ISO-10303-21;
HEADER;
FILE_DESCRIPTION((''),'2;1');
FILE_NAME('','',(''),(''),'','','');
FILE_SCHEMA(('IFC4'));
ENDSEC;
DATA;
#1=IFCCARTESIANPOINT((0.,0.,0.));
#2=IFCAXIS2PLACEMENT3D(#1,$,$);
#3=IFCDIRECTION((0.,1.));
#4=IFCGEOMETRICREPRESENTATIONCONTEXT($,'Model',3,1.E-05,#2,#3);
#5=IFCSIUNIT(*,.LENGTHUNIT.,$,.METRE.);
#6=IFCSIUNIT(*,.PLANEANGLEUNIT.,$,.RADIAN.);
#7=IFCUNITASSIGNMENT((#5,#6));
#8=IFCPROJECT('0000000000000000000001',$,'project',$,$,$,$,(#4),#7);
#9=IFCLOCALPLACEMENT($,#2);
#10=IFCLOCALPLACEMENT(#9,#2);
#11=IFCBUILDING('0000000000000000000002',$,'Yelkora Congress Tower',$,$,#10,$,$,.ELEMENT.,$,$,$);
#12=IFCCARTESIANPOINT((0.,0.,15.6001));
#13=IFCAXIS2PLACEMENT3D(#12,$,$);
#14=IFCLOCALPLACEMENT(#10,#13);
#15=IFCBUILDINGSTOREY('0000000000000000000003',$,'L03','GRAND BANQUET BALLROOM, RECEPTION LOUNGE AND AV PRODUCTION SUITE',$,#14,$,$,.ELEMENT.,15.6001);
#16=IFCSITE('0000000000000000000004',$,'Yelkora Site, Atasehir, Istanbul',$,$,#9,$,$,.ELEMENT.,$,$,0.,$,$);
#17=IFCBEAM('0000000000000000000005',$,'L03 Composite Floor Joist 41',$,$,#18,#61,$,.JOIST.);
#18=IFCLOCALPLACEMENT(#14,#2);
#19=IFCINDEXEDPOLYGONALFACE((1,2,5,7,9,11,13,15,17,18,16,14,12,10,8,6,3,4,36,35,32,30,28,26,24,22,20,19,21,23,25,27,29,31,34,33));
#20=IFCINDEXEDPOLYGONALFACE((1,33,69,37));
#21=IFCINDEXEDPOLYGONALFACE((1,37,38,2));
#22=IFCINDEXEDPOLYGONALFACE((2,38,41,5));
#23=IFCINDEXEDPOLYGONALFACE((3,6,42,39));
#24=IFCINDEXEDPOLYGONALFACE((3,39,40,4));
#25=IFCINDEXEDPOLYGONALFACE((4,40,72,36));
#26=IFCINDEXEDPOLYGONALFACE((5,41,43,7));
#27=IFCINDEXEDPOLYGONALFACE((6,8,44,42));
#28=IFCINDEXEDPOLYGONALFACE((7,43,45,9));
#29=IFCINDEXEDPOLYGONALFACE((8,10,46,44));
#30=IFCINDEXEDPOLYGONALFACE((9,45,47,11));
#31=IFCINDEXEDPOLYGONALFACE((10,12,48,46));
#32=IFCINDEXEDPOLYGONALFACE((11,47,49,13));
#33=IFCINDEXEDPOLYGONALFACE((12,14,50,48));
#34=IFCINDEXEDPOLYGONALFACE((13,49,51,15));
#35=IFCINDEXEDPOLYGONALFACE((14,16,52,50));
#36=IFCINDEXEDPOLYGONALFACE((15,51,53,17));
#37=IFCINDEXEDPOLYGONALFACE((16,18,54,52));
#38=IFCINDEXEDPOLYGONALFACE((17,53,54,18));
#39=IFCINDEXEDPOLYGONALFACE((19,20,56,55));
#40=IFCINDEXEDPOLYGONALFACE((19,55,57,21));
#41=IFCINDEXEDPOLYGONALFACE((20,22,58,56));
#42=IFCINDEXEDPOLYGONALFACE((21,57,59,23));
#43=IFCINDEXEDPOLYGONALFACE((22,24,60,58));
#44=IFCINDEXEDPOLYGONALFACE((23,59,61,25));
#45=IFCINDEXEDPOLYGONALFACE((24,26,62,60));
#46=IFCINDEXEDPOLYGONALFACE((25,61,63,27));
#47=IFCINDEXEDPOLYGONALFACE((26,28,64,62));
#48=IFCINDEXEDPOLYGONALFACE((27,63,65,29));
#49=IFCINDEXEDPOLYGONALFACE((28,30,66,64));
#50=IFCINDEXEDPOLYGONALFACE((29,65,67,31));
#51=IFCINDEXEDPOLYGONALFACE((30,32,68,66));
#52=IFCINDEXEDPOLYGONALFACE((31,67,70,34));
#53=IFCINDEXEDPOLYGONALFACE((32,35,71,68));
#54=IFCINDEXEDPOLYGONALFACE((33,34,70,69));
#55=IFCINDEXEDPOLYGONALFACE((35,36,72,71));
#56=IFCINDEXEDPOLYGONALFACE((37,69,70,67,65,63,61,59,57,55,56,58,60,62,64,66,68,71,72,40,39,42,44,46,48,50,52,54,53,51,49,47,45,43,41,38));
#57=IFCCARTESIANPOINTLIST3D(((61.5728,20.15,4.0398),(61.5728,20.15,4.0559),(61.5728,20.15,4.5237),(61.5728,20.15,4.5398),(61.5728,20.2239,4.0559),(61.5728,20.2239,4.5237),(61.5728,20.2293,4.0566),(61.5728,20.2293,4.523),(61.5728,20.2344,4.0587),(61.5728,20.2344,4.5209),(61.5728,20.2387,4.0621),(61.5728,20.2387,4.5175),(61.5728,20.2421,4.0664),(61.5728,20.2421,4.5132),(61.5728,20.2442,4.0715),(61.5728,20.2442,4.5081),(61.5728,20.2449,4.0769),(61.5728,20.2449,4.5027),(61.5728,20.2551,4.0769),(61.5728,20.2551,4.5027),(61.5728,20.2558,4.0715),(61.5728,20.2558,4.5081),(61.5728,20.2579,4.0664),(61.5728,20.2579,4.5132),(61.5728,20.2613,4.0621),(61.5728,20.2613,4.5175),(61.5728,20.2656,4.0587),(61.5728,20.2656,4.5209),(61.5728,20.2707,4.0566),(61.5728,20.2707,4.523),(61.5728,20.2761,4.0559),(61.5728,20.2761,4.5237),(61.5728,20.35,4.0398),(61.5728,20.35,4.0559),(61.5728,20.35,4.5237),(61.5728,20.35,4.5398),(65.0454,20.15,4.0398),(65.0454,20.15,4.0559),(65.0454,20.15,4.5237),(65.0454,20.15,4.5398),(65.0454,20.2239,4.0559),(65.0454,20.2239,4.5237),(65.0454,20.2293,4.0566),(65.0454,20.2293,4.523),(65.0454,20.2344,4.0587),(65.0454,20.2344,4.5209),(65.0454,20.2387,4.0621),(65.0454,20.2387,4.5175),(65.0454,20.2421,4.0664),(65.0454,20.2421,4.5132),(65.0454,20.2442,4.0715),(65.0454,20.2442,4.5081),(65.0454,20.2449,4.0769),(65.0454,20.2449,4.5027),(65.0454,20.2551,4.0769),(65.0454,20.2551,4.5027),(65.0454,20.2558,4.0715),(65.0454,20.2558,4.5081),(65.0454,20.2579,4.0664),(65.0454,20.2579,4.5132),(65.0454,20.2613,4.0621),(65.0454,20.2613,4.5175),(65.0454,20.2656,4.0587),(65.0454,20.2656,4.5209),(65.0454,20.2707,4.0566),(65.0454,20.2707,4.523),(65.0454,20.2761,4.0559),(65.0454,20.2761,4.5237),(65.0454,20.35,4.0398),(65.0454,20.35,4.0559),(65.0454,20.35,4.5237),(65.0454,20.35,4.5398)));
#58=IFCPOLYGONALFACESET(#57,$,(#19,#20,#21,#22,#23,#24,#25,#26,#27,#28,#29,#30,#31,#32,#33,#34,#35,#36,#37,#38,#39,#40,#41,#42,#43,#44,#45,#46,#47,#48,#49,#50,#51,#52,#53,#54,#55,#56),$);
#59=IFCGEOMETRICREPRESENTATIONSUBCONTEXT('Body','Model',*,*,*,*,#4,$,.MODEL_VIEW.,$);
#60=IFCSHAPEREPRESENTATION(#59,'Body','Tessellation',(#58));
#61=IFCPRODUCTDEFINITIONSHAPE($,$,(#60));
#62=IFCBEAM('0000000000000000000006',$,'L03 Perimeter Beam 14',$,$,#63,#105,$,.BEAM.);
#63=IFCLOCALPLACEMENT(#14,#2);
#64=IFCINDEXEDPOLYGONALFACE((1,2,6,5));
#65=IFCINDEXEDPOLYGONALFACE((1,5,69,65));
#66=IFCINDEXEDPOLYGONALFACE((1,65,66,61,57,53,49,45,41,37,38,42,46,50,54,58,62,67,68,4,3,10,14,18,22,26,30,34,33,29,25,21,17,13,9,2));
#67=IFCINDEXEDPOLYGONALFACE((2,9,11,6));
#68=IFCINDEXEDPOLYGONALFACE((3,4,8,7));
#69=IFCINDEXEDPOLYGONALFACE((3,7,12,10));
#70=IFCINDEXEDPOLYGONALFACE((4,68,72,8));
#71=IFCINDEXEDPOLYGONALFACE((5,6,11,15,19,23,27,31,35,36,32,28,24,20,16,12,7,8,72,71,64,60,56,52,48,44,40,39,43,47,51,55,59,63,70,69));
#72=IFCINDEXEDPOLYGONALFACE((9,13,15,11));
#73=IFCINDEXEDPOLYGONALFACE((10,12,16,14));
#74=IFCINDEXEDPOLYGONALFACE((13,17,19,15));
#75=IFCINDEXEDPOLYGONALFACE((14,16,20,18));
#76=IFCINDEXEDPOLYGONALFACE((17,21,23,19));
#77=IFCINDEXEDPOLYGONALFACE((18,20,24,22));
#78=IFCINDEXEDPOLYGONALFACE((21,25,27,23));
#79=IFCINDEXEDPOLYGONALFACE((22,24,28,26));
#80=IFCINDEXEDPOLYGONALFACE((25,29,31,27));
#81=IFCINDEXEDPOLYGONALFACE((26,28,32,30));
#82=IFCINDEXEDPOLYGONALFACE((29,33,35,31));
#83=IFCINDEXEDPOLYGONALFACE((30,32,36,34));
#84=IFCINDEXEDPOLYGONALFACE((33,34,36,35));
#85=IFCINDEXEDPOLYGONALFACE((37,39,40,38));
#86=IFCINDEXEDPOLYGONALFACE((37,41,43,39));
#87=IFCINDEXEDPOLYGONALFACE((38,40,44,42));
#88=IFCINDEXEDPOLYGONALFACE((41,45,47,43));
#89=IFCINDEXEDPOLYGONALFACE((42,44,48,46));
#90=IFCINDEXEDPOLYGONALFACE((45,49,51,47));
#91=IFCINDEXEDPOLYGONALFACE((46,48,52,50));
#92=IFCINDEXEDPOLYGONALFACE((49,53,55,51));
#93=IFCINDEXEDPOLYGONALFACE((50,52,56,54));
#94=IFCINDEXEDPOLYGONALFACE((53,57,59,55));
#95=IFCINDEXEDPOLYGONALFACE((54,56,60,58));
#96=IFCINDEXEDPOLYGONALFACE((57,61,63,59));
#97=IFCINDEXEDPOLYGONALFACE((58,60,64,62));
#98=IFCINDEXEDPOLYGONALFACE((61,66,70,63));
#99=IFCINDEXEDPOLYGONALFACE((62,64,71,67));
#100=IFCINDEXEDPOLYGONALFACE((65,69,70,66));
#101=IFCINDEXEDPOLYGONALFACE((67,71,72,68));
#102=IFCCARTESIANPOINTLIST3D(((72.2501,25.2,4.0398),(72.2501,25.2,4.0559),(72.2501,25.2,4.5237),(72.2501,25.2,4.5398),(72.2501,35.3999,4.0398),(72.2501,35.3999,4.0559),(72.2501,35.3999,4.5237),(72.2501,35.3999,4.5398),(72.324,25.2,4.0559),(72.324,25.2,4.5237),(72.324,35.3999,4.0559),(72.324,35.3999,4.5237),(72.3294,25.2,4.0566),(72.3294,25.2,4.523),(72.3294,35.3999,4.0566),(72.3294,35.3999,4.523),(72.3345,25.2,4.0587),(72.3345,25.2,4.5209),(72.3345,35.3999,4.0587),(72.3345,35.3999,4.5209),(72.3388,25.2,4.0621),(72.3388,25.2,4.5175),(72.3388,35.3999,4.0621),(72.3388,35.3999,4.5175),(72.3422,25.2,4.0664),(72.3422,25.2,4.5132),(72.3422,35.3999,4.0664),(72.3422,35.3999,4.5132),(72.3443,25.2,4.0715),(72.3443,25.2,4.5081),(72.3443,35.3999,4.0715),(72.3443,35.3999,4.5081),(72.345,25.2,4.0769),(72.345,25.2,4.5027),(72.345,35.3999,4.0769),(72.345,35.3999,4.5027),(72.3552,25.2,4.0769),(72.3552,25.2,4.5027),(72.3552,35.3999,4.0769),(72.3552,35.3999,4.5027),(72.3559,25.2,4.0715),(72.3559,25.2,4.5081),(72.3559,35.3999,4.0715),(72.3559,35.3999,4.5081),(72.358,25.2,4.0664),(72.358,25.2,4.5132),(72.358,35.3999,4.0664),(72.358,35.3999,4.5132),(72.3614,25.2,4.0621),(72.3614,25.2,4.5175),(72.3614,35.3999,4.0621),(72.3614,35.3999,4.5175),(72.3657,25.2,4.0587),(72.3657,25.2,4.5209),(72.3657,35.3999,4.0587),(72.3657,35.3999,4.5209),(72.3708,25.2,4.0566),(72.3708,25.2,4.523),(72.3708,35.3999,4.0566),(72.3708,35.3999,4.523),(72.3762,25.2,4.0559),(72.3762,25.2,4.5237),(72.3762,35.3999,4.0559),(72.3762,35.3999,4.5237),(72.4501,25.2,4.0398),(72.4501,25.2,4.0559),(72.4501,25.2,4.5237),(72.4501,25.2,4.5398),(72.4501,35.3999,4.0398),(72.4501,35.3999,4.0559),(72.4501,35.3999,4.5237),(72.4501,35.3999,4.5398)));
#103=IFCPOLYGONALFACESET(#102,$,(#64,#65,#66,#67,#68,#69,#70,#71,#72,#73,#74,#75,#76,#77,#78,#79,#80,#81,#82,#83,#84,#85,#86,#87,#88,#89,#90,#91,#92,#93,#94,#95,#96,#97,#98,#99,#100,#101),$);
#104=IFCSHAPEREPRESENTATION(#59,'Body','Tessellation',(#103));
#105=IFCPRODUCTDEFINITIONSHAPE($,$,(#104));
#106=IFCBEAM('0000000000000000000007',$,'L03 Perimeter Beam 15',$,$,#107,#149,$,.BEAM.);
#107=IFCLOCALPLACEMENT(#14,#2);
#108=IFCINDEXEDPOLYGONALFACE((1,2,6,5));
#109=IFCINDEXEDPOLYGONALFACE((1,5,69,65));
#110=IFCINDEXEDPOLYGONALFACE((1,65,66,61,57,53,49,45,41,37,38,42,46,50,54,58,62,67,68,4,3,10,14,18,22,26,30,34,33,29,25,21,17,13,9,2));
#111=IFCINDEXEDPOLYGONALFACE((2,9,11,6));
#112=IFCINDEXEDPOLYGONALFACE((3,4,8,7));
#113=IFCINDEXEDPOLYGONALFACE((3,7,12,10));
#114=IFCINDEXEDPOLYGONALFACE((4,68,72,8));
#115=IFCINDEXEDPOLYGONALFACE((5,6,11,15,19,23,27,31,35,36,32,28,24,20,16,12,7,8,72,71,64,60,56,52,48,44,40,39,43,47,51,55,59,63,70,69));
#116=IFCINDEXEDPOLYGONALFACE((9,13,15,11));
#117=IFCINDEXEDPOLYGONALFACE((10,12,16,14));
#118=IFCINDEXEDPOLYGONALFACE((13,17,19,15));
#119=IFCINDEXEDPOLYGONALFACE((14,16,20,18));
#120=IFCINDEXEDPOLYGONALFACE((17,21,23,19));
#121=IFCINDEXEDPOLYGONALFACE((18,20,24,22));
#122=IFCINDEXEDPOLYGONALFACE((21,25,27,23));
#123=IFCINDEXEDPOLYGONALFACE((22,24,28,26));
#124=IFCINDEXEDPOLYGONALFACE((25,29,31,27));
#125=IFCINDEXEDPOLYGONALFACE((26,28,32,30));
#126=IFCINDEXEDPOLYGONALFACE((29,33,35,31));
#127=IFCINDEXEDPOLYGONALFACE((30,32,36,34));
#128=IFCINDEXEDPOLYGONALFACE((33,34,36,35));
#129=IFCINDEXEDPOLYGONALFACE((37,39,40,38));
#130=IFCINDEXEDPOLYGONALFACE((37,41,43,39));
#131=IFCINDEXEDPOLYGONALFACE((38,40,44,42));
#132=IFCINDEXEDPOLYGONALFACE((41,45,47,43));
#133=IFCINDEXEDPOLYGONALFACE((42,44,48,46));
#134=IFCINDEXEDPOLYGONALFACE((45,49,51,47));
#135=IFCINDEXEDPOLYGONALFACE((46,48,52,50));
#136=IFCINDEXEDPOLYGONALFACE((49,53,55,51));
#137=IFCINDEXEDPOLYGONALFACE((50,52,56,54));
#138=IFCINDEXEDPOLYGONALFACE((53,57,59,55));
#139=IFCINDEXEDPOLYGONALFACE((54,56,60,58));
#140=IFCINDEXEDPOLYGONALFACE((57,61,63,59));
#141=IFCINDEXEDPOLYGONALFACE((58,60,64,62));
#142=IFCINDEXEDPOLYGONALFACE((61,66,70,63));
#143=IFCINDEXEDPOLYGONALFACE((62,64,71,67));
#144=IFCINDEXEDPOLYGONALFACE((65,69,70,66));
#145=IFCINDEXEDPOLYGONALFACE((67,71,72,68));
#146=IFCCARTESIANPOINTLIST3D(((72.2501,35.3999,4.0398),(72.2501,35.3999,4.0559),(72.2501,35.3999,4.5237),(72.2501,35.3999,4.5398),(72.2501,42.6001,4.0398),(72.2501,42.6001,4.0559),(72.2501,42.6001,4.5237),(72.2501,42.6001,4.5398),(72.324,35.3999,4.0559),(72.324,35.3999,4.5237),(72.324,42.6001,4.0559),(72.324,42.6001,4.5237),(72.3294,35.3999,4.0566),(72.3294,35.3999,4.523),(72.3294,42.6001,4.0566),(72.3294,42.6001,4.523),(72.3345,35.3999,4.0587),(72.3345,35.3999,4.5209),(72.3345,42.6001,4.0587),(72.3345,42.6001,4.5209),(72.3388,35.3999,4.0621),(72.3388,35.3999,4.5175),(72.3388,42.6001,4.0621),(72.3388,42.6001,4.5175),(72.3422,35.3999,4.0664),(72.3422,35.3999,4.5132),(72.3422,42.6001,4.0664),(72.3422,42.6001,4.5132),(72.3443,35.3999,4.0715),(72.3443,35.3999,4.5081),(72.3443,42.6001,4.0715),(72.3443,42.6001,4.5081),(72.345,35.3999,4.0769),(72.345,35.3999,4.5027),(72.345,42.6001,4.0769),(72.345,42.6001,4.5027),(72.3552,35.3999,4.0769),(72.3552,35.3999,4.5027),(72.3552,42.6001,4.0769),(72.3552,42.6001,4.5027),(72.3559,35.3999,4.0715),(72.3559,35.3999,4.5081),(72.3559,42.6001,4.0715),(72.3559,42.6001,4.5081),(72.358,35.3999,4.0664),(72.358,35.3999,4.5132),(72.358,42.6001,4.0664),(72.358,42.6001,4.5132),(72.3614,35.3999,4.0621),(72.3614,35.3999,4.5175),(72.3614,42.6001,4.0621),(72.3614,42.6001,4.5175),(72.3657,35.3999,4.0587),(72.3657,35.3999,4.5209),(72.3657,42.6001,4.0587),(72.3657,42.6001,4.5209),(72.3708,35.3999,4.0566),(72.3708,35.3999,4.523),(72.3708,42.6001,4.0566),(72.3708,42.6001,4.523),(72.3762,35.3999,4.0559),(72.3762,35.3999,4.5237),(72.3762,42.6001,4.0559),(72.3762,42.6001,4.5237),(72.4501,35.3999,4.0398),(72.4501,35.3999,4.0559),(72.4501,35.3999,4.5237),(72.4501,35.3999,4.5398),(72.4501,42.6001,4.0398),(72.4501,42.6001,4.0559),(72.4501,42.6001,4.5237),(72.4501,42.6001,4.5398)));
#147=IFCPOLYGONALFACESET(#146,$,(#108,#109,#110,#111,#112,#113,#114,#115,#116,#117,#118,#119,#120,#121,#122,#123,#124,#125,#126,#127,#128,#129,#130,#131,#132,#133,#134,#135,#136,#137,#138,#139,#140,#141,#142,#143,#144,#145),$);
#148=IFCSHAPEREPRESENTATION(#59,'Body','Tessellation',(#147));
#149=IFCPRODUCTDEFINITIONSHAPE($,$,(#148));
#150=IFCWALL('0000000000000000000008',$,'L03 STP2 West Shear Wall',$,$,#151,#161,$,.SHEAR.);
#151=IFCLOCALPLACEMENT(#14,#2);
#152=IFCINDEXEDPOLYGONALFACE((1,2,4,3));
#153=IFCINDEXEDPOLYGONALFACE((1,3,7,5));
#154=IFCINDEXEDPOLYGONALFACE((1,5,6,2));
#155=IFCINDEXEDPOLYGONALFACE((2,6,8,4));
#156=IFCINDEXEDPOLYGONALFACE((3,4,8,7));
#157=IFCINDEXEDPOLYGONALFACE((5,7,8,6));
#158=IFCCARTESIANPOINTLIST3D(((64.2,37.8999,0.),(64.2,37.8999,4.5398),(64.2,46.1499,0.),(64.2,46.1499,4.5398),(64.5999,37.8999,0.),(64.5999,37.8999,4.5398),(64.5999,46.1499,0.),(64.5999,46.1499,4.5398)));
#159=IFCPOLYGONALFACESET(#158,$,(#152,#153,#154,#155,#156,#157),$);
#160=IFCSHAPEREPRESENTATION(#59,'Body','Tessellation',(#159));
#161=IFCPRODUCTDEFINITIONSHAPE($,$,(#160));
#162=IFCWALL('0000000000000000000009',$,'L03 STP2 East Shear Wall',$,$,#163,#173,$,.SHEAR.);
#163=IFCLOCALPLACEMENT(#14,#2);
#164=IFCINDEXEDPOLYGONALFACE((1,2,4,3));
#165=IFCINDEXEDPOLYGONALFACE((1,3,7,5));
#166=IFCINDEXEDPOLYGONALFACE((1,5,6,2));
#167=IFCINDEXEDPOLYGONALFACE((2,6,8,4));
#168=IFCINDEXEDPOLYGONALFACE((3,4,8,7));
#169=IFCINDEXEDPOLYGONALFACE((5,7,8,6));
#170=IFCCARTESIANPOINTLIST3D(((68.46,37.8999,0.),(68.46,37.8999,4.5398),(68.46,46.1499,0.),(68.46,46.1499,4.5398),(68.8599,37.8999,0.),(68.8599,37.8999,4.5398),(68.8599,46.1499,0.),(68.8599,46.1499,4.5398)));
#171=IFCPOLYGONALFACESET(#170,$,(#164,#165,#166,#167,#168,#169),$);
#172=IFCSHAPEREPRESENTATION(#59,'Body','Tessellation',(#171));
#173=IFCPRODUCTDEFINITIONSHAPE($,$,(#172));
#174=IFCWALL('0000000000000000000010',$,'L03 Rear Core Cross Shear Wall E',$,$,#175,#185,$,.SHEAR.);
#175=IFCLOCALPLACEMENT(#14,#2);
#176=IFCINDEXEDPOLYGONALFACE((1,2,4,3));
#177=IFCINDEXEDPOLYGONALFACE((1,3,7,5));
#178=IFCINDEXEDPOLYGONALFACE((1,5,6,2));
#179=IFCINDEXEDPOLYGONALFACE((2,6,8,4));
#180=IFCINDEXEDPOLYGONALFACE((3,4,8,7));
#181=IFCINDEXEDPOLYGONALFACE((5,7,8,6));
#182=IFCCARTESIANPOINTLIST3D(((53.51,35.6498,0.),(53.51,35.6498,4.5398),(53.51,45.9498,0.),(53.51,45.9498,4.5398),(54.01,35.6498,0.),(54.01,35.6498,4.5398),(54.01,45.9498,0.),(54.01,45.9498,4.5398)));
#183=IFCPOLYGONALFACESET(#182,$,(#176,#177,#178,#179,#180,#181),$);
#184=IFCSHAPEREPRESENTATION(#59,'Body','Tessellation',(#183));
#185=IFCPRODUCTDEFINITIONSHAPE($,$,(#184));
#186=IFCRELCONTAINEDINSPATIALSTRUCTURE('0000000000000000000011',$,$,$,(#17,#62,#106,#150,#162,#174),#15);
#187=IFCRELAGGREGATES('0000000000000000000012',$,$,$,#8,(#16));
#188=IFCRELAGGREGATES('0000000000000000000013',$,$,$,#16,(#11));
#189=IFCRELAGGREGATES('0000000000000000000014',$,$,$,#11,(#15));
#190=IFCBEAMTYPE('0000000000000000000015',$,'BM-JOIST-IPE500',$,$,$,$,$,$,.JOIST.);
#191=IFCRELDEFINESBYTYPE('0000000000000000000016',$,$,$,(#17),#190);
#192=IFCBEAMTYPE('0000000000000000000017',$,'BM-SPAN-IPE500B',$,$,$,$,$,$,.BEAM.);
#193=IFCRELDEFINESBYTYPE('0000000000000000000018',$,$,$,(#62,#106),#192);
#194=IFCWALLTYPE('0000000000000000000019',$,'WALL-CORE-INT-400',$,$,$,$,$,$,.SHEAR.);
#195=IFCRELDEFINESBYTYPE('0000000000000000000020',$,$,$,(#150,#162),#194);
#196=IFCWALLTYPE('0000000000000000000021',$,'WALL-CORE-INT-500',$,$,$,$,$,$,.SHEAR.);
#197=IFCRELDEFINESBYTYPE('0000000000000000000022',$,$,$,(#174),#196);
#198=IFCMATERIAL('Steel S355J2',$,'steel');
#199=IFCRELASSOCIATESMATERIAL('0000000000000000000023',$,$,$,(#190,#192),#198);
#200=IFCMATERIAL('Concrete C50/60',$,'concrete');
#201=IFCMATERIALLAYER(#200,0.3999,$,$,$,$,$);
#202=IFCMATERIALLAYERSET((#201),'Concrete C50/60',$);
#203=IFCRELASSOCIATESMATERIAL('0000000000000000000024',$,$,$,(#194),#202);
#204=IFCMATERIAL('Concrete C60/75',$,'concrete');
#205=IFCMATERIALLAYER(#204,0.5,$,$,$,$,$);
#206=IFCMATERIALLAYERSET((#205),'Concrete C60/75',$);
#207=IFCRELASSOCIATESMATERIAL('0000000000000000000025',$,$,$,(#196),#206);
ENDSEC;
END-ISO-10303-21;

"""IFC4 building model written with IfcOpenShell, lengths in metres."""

from ifc_helpers import new_model, si_unit, direction, frame, frame_2d, origin, origin_2d, place, context, subcontext, project, spatial, rectangle, i_section, extrude, material, layer, layer_set, material_profile, profile_set, type_object, element, save


model = new_model("IFC4")

# Units and contexts
model_context = context("Model", 3, precision=1e-05, world=origin(), true_north=direction((0.0, 1.0)))
body_context = subcontext(model_context, "Body", "Model", "MODEL_VIEW")
ifc_project = project(units=[si_unit("LENGTHUNIT", "METRE"), si_unit("PLANEANGLEUNIT", "RADIAN")], contexts=[model_context])

# Site, building, storey
site_placement = place(None, origin())
site = spatial("IfcSite", under=ifc_project, at=site_placement, Name="Yelkora Site, Atasehir, Istanbul", CompositionType="ELEMENT", RefElevation=0.0)
building_placement = place(site_placement, origin())
building = spatial("IfcBuilding", under=site, at=building_placement, Name="Yelkora Congress Tower", CompositionType="ELEMENT")
storey_placement = place(building_placement, frame((0.0, 0.0, 15.6001)))
storey = spatial("IfcBuildingStorey", under=building, at=storey_placement, Name="L03", Description="GRAND BANQUET BALLROOM, RECEPTION LOUNGE AND AV PRODUCTION SUITE", CompositionType="ELEMENT", Elevation=15.6001)

# Shared definitions
ifc_material_1 = material(Name="Concrete C60/75", Category="concrete")
ifc_material_2 = material(Name="Concrete C50/60", Category="concrete")

# Beams
ifc_material_3 = material(Name="Steel S355J2", Category="steel")
ifc_material_profile_1 = material_profile(ifc_material_3, i_section(OverallWidth=0.2, OverallDepth=0.5, WebThickness=0.0103, FlangeThickness=0.0161, FilletRadius=0.021, at=origin_2d()), Name="IPE 500")
ifc_profile_set_1 = profile_set([ifc_material_profile_1], Name="Steel S355J2")
beam_type_1 = type_object("IfcBeamType", Name="BM-JOIST-IPE500", PredefinedType="JOIST", material=ifc_profile_set_1)
beam_1_placement = place(storey_placement, frame((61.5728, 20.25, 4.2898), z_axis=(1.0, 0.0, 0.0), x_axis=(0.0, 1.0, 0.0)))
element("IfcBeam", 1, at=beam_1_placement, inside=storey, type_object=beam_type_1, Name="L03 Composite Floor Joist 41", PredefinedType="JOIST", context=body_context, shape_type="SweptSolid", body=[
    extrude(i_section(OverallWidth=0.2, OverallDepth=0.5, WebThickness=0.0103, FlangeThickness=0.0161, FilletRadius=0.021, at=origin_2d()), origin(), (0.0, 0.0, 1.0), 3.4727),
])
ifc_material_profile_2 = material_profile(ifc_material_3, i_section(OverallWidth=0.2, OverallDepth=0.5, WebThickness=0.0103, FlangeThickness=0.0161, FilletRadius=0.021, at=origin_2d()), Name="IPE 500")
ifc_profile_set_2 = profile_set([ifc_material_profile_2], Name="Steel S355J2")
beam_type_2 = type_object("IfcBeamType", Name="BM-SPAN-IPE500B", PredefinedType="BEAM", material=ifc_profile_set_2)
beam_2_placement = place(storey_placement, frame((72.3501, 25.2, 4.2898), z_axis=(0.0, 1.0, 0.0), x_axis=(-1.0, 0.0, 0.0)))
element("IfcBeam", 2, at=beam_2_placement, inside=storey, type_object=beam_type_2, Name="L03 Perimeter Beam 14", PredefinedType="BEAM", context=body_context, shape_type="SweptSolid", body=[
    extrude(i_section(OverallWidth=0.2, OverallDepth=0.5, WebThickness=0.0103, FlangeThickness=0.0161, FilletRadius=0.021, at=origin_2d()), origin(), (0.0, 0.0, 1.0), 10.2),
])
beam_3_placement = place(storey_placement, frame((72.3501, 35.3999, 4.2898), z_axis=(0.0, 1.0, 0.0), x_axis=(-1.0, 0.0, 0.0)))
element("IfcBeam", 3, at=beam_3_placement, inside=storey, type_object=beam_type_2, Name="L03 Perimeter Beam 15", PredefinedType="BEAM", context=body_context, shape_type="SweptSolid", body=[
    extrude(i_section(OverallWidth=0.2, OverallDepth=0.5, WebThickness=0.0103, FlangeThickness=0.0161, FilletRadius=0.021, at=origin_2d()), origin(), (0.0, 0.0, 1.0), 7.2002),
])

# Walls
ifc_layer_1 = layer(ifc_material_2, 0.3999)
ifc_layer_set_1 = layer_set([ifc_layer_1], Name="Concrete C50/60")
wall_type_1 = type_object("IfcWallType", Name="WALL-CORE-INT-400", PredefinedType="SHEAR", material=ifc_layer_set_1)
for number, where, z_axis, x_axis, name in (
    (4, (64.3999, 37.8999, 0.0), (0.0, 0.0, 1.0), (0.0, 1.0, 0.0), "L03 STP2 West Shear Wall"),
    (5, (68.6599, 37.8999, 0.0), (0.0, 0.0, 1.0), (0.0, 1.0, 0.0), "L03 STP2 East Shear Wall"),
):
    element("IfcWall", number, at=place(storey_placement, frame(where, z_axis=z_axis, x_axis=x_axis)), inside=storey, type_object=wall_type_1, Name=name, PredefinedType="SHEAR", context=body_context, shape_type="SweptSolid", body=[
        extrude(rectangle(XDim=8.25, YDim=0.3999, at=frame_2d((4.125, 0.0))), origin(), (0.0, 0.0, 1.0), 4.5398),
    ])
ifc_layer_2 = layer(ifc_material_1, 0.5)
ifc_layer_set_2 = layer_set([ifc_layer_2], Name="Concrete C60/75")
wall_type_2 = type_object("IfcWallType", Name="WALL-CORE-INT-500", PredefinedType="SHEAR", material=ifc_layer_set_2)
wall_1_placement = place(storey_placement, frame((53.76, 35.6499, 0.0), z_axis=(0.0, 0.0, 1.0), x_axis=(0.0, 1.0, 0.0)))
element("IfcWall", 6, at=wall_1_placement, inside=storey, type_object=wall_type_2, Name="L03 Rear Core Cross Shear Wall E", PredefinedType="SHEAR", context=body_context, shape_type="SweptSolid", body=[
    extrude(rectangle(XDim=10.3, YDim=0.5, at=frame_2d((5.1499, 0.0))), origin(), (0.0, 0.0, 1.0), 4.5398),
])

save(model, "model.ifc")
